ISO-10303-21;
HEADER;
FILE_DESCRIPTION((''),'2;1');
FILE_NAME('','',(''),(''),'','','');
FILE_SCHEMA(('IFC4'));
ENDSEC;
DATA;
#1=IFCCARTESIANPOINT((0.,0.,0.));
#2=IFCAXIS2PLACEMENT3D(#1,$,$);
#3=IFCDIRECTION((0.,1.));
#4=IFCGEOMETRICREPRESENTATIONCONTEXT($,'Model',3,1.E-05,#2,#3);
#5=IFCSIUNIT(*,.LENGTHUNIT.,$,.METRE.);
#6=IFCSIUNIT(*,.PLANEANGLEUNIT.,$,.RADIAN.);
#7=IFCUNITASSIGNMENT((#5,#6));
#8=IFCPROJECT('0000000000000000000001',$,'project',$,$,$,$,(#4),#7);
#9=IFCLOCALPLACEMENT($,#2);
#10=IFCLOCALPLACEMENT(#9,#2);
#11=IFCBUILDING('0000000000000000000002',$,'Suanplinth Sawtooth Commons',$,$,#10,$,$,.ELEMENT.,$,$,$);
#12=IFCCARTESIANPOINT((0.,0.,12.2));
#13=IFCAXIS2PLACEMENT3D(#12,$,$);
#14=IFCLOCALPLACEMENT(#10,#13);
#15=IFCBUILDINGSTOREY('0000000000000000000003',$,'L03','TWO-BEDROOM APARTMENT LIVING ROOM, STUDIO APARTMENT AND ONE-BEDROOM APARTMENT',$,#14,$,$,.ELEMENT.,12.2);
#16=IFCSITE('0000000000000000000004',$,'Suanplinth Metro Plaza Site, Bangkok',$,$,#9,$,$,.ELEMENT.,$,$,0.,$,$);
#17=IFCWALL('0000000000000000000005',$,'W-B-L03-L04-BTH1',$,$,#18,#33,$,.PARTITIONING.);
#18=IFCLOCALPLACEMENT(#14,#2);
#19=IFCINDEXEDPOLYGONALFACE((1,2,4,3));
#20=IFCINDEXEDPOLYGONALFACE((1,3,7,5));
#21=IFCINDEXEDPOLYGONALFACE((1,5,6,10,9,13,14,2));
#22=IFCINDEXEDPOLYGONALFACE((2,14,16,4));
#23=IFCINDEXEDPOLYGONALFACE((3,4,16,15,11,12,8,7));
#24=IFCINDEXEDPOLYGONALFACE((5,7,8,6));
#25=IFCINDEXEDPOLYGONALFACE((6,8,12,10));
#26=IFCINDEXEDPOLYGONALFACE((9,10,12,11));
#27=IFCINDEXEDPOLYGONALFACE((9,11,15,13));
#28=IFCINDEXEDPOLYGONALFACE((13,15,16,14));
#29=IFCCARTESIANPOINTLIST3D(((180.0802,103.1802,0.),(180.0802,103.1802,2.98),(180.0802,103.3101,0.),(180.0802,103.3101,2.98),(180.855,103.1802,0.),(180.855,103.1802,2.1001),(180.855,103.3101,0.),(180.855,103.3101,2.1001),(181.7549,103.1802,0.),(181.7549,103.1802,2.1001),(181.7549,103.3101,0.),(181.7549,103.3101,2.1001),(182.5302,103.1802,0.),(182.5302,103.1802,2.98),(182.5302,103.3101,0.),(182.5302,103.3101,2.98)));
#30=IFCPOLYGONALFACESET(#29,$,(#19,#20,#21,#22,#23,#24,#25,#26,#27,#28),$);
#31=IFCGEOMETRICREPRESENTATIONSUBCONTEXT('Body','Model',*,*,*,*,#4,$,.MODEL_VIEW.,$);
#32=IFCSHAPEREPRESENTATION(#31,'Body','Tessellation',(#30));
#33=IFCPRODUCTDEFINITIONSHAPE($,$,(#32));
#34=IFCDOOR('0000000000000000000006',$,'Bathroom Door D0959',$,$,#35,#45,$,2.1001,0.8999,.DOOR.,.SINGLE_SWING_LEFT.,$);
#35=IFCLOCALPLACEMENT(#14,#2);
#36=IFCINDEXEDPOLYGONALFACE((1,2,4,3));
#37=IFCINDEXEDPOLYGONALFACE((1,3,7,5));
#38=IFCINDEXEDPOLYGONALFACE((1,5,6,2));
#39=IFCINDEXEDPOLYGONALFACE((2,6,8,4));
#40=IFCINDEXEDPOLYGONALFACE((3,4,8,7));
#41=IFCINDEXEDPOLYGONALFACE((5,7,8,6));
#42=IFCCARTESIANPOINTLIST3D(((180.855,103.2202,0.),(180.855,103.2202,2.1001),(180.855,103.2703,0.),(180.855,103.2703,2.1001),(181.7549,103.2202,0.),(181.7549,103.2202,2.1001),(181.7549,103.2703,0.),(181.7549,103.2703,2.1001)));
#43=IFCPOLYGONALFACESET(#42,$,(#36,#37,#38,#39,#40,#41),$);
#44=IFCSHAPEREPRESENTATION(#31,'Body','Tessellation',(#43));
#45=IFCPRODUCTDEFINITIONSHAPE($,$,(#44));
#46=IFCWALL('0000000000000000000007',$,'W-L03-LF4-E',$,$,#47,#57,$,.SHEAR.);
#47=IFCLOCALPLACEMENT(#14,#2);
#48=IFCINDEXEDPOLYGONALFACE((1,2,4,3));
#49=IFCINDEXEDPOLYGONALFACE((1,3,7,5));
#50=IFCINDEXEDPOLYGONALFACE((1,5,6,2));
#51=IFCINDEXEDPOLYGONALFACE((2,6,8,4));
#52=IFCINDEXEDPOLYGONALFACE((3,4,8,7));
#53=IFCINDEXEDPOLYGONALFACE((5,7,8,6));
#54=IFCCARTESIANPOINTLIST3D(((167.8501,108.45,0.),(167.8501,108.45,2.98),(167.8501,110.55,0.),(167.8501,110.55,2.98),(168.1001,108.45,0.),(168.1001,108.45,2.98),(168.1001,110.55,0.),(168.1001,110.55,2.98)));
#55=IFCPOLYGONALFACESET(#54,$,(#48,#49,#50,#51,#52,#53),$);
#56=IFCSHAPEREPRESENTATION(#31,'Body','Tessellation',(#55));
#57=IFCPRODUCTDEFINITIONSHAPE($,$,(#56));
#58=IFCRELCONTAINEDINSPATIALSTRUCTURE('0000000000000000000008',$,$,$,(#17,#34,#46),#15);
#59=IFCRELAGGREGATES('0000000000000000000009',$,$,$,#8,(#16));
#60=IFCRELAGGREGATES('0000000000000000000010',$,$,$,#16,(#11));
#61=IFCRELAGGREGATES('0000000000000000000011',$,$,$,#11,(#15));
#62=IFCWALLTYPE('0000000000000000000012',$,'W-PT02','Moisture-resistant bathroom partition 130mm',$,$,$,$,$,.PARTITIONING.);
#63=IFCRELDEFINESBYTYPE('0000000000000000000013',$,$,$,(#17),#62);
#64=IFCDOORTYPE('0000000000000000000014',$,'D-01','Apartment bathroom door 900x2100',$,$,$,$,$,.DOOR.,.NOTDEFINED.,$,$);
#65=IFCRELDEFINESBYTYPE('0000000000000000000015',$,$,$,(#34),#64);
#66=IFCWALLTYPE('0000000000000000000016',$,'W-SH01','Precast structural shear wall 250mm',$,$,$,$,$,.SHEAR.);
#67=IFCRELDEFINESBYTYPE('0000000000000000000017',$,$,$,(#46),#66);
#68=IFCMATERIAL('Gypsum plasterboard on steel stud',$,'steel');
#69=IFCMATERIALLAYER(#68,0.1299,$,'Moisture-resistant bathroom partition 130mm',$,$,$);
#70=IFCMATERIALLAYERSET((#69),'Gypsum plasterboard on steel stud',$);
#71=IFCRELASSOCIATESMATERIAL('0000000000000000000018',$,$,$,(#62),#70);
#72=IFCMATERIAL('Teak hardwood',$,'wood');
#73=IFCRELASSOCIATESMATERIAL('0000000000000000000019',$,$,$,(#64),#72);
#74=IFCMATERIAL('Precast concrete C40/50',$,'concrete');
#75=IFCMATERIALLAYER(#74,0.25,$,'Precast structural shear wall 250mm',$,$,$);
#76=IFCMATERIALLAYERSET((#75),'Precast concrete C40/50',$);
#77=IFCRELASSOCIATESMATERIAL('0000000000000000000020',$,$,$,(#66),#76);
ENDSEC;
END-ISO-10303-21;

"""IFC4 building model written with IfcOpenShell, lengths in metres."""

from ifc_helpers import new_model, si_unit, direction, frame, frame_2d, origin, place, context, subcontext, project, spatial, rectangle, extrude, material, layer, layer_set, type_object, element, fill, save


model = new_model("IFC4")

# Units and contexts
model_context = context("Model", 3, precision=1e-05, world=origin(), true_north=direction((0.0, 1.0)))
body_context = subcontext(model_context, "Body", "Model", "MODEL_VIEW")
ifc_project = project(units=[si_unit("LENGTHUNIT", "METRE"), si_unit("PLANEANGLEUNIT", "RADIAN")], contexts=[model_context])

# Site, building, storey
site_placement = place(None, origin())
site = spatial("IfcSite", under=ifc_project, at=site_placement, Name="Suanplinth Metro Plaza Site, Bangkok", CompositionType="ELEMENT", RefElevation=0.0)
building_placement = place(site_placement, origin())
building = spatial("IfcBuilding", under=site, at=building_placement, Name="Suanplinth Sawtooth Commons", CompositionType="ELEMENT")
storey_placement = place(building_placement, frame((0.0, 0.0, 12.2)))
storey = spatial("IfcBuildingStorey", under=building, at=storey_placement, Name="L03", Description="TWO-BEDROOM APARTMENT LIVING ROOM, STUDIO APARTMENT AND ONE-BEDROOM APARTMENT", CompositionType="ELEMENT", Elevation=12.2)

# Shared definitions
ifc_material_1 = material(Name="Precast concrete C40/50", Category="concrete")

# Wall, opening, door
ifc_material_2 = material(Name="Teak hardwood", Category="wood")
ifc_material_3 = material(Name="Gypsum plasterboard on steel stud", Category="steel")
ifc_layer_1 = layer(ifc_material_3, 0.1299, Name="Moisture-resistant bathroom partition 130mm")
ifc_layer_set_1 = layer_set([ifc_layer_1], Name="Gypsum plasterboard on steel stud")
wall_type_1 = type_object("IfcWallType", Name="W-PT02", Description="Moisture-resistant bathroom partition 130mm", PredefinedType="PARTITIONING", material=ifc_layer_set_1)
wall_1_placement = place(storey_placement, frame((180.0801, 103.2451, 0.0), z_axis=(0.0, 0.0, 1.0), x_axis=(1.0, 0.0, 0.0)))
wall_1 = element("IfcWall", 1, at=wall_1_placement, inside=storey, type_object=wall_type_1, Name="W-B-L03-L04-BTH1", PredefinedType="PARTITIONING", context=body_context, shape_type="SweptSolid", body=[
    extrude(rectangle(XDim=2.45, YDim=0.1299, at=frame_2d((1.2251, 0.0))), origin(), (0.0, 0.0, 1.0), 2.98),
])
opening_1_placement = place(wall_1_placement, frame((0.7749, 0.0, 0.0)))
opening_1 = element("IfcOpeningElement", 2, at=opening_1_placement, cuts=wall_1, PredefinedType="OPENING", context=body_context, shape_type="SweptSolid", body=[
    extrude(rectangle(XDim=0.8999, YDim=2.1001, at=frame_2d((0.45, 1.05))), frame((0.0, 0.0798, 0.0), z_axis=(0.0, -1.0, 0.0), x_axis=(1.0, 0.0, 0.0)), (0.0, 0.0, 1.0), 0.1597),
])
door_type_1 = type_object("IfcDoorType", Name="D-01", Description="Apartment bathroom door 900x2100", OperationType="NOTDEFINED", PredefinedType="DOOR", material=ifc_material_2)
door_1_placement = place(opening_1_placement, frame((0.8999, 0.0, 0.0), z_axis=(0.0, 0.0, 1.0), x_axis=(-1.0, 0.0, 0.0)))
door_1 = element("IfcDoor", 3, at=door_1_placement, inside=storey, type_object=door_type_1, Name="Bathroom Door D0959", OperationType="SINGLE_SWING_LEFT", OverallHeight=2.1001, OverallWidth=0.8999, PredefinedType="DOOR", context=body_context, shape_type="SweptSolid", body=[
    extrude(rectangle(XDim=0.8999, YDim=2.1001, at=frame_2d((0.45, 1.05))), frame((0.0, 0.0249, 0.0), z_axis=(0.0, -1.0, 0.0), x_axis=(1.0, 0.0, 0.0)), (0.0, 0.0, 1.0), 0.05),
])
fill(opening_1, door_1)

# Wall
ifc_layer_2 = layer(ifc_material_1, 0.25, Name="Precast structural shear wall 250mm")
ifc_layer_set_2 = layer_set([ifc_layer_2], Name="Precast concrete C40/50")
wall_type_2 = type_object("IfcWallType", Name="W-SH01", Description="Precast structural shear wall 250mm", PredefinedType="SHEAR", material=ifc_layer_set_2)
wall_2_placement = place(storey_placement, frame((167.9751, 108.45, 0.0), z_axis=(0.0, 0.0, 1.0), x_axis=(0.0, 1.0, 0.0)))
element("IfcWall", 4, at=wall_2_placement, inside=storey, type_object=wall_type_2, Name="W-L03-LF4-E", PredefinedType="SHEAR", context=body_context, shape_type="SweptSolid", body=[
    extrude(rectangle(XDim=2.1001, YDim=0.25, at=frame_2d((1.05, 0.0))), origin(), (0.0, 0.0, 1.0), 2.98),
])

save(model, "model.ifc")
